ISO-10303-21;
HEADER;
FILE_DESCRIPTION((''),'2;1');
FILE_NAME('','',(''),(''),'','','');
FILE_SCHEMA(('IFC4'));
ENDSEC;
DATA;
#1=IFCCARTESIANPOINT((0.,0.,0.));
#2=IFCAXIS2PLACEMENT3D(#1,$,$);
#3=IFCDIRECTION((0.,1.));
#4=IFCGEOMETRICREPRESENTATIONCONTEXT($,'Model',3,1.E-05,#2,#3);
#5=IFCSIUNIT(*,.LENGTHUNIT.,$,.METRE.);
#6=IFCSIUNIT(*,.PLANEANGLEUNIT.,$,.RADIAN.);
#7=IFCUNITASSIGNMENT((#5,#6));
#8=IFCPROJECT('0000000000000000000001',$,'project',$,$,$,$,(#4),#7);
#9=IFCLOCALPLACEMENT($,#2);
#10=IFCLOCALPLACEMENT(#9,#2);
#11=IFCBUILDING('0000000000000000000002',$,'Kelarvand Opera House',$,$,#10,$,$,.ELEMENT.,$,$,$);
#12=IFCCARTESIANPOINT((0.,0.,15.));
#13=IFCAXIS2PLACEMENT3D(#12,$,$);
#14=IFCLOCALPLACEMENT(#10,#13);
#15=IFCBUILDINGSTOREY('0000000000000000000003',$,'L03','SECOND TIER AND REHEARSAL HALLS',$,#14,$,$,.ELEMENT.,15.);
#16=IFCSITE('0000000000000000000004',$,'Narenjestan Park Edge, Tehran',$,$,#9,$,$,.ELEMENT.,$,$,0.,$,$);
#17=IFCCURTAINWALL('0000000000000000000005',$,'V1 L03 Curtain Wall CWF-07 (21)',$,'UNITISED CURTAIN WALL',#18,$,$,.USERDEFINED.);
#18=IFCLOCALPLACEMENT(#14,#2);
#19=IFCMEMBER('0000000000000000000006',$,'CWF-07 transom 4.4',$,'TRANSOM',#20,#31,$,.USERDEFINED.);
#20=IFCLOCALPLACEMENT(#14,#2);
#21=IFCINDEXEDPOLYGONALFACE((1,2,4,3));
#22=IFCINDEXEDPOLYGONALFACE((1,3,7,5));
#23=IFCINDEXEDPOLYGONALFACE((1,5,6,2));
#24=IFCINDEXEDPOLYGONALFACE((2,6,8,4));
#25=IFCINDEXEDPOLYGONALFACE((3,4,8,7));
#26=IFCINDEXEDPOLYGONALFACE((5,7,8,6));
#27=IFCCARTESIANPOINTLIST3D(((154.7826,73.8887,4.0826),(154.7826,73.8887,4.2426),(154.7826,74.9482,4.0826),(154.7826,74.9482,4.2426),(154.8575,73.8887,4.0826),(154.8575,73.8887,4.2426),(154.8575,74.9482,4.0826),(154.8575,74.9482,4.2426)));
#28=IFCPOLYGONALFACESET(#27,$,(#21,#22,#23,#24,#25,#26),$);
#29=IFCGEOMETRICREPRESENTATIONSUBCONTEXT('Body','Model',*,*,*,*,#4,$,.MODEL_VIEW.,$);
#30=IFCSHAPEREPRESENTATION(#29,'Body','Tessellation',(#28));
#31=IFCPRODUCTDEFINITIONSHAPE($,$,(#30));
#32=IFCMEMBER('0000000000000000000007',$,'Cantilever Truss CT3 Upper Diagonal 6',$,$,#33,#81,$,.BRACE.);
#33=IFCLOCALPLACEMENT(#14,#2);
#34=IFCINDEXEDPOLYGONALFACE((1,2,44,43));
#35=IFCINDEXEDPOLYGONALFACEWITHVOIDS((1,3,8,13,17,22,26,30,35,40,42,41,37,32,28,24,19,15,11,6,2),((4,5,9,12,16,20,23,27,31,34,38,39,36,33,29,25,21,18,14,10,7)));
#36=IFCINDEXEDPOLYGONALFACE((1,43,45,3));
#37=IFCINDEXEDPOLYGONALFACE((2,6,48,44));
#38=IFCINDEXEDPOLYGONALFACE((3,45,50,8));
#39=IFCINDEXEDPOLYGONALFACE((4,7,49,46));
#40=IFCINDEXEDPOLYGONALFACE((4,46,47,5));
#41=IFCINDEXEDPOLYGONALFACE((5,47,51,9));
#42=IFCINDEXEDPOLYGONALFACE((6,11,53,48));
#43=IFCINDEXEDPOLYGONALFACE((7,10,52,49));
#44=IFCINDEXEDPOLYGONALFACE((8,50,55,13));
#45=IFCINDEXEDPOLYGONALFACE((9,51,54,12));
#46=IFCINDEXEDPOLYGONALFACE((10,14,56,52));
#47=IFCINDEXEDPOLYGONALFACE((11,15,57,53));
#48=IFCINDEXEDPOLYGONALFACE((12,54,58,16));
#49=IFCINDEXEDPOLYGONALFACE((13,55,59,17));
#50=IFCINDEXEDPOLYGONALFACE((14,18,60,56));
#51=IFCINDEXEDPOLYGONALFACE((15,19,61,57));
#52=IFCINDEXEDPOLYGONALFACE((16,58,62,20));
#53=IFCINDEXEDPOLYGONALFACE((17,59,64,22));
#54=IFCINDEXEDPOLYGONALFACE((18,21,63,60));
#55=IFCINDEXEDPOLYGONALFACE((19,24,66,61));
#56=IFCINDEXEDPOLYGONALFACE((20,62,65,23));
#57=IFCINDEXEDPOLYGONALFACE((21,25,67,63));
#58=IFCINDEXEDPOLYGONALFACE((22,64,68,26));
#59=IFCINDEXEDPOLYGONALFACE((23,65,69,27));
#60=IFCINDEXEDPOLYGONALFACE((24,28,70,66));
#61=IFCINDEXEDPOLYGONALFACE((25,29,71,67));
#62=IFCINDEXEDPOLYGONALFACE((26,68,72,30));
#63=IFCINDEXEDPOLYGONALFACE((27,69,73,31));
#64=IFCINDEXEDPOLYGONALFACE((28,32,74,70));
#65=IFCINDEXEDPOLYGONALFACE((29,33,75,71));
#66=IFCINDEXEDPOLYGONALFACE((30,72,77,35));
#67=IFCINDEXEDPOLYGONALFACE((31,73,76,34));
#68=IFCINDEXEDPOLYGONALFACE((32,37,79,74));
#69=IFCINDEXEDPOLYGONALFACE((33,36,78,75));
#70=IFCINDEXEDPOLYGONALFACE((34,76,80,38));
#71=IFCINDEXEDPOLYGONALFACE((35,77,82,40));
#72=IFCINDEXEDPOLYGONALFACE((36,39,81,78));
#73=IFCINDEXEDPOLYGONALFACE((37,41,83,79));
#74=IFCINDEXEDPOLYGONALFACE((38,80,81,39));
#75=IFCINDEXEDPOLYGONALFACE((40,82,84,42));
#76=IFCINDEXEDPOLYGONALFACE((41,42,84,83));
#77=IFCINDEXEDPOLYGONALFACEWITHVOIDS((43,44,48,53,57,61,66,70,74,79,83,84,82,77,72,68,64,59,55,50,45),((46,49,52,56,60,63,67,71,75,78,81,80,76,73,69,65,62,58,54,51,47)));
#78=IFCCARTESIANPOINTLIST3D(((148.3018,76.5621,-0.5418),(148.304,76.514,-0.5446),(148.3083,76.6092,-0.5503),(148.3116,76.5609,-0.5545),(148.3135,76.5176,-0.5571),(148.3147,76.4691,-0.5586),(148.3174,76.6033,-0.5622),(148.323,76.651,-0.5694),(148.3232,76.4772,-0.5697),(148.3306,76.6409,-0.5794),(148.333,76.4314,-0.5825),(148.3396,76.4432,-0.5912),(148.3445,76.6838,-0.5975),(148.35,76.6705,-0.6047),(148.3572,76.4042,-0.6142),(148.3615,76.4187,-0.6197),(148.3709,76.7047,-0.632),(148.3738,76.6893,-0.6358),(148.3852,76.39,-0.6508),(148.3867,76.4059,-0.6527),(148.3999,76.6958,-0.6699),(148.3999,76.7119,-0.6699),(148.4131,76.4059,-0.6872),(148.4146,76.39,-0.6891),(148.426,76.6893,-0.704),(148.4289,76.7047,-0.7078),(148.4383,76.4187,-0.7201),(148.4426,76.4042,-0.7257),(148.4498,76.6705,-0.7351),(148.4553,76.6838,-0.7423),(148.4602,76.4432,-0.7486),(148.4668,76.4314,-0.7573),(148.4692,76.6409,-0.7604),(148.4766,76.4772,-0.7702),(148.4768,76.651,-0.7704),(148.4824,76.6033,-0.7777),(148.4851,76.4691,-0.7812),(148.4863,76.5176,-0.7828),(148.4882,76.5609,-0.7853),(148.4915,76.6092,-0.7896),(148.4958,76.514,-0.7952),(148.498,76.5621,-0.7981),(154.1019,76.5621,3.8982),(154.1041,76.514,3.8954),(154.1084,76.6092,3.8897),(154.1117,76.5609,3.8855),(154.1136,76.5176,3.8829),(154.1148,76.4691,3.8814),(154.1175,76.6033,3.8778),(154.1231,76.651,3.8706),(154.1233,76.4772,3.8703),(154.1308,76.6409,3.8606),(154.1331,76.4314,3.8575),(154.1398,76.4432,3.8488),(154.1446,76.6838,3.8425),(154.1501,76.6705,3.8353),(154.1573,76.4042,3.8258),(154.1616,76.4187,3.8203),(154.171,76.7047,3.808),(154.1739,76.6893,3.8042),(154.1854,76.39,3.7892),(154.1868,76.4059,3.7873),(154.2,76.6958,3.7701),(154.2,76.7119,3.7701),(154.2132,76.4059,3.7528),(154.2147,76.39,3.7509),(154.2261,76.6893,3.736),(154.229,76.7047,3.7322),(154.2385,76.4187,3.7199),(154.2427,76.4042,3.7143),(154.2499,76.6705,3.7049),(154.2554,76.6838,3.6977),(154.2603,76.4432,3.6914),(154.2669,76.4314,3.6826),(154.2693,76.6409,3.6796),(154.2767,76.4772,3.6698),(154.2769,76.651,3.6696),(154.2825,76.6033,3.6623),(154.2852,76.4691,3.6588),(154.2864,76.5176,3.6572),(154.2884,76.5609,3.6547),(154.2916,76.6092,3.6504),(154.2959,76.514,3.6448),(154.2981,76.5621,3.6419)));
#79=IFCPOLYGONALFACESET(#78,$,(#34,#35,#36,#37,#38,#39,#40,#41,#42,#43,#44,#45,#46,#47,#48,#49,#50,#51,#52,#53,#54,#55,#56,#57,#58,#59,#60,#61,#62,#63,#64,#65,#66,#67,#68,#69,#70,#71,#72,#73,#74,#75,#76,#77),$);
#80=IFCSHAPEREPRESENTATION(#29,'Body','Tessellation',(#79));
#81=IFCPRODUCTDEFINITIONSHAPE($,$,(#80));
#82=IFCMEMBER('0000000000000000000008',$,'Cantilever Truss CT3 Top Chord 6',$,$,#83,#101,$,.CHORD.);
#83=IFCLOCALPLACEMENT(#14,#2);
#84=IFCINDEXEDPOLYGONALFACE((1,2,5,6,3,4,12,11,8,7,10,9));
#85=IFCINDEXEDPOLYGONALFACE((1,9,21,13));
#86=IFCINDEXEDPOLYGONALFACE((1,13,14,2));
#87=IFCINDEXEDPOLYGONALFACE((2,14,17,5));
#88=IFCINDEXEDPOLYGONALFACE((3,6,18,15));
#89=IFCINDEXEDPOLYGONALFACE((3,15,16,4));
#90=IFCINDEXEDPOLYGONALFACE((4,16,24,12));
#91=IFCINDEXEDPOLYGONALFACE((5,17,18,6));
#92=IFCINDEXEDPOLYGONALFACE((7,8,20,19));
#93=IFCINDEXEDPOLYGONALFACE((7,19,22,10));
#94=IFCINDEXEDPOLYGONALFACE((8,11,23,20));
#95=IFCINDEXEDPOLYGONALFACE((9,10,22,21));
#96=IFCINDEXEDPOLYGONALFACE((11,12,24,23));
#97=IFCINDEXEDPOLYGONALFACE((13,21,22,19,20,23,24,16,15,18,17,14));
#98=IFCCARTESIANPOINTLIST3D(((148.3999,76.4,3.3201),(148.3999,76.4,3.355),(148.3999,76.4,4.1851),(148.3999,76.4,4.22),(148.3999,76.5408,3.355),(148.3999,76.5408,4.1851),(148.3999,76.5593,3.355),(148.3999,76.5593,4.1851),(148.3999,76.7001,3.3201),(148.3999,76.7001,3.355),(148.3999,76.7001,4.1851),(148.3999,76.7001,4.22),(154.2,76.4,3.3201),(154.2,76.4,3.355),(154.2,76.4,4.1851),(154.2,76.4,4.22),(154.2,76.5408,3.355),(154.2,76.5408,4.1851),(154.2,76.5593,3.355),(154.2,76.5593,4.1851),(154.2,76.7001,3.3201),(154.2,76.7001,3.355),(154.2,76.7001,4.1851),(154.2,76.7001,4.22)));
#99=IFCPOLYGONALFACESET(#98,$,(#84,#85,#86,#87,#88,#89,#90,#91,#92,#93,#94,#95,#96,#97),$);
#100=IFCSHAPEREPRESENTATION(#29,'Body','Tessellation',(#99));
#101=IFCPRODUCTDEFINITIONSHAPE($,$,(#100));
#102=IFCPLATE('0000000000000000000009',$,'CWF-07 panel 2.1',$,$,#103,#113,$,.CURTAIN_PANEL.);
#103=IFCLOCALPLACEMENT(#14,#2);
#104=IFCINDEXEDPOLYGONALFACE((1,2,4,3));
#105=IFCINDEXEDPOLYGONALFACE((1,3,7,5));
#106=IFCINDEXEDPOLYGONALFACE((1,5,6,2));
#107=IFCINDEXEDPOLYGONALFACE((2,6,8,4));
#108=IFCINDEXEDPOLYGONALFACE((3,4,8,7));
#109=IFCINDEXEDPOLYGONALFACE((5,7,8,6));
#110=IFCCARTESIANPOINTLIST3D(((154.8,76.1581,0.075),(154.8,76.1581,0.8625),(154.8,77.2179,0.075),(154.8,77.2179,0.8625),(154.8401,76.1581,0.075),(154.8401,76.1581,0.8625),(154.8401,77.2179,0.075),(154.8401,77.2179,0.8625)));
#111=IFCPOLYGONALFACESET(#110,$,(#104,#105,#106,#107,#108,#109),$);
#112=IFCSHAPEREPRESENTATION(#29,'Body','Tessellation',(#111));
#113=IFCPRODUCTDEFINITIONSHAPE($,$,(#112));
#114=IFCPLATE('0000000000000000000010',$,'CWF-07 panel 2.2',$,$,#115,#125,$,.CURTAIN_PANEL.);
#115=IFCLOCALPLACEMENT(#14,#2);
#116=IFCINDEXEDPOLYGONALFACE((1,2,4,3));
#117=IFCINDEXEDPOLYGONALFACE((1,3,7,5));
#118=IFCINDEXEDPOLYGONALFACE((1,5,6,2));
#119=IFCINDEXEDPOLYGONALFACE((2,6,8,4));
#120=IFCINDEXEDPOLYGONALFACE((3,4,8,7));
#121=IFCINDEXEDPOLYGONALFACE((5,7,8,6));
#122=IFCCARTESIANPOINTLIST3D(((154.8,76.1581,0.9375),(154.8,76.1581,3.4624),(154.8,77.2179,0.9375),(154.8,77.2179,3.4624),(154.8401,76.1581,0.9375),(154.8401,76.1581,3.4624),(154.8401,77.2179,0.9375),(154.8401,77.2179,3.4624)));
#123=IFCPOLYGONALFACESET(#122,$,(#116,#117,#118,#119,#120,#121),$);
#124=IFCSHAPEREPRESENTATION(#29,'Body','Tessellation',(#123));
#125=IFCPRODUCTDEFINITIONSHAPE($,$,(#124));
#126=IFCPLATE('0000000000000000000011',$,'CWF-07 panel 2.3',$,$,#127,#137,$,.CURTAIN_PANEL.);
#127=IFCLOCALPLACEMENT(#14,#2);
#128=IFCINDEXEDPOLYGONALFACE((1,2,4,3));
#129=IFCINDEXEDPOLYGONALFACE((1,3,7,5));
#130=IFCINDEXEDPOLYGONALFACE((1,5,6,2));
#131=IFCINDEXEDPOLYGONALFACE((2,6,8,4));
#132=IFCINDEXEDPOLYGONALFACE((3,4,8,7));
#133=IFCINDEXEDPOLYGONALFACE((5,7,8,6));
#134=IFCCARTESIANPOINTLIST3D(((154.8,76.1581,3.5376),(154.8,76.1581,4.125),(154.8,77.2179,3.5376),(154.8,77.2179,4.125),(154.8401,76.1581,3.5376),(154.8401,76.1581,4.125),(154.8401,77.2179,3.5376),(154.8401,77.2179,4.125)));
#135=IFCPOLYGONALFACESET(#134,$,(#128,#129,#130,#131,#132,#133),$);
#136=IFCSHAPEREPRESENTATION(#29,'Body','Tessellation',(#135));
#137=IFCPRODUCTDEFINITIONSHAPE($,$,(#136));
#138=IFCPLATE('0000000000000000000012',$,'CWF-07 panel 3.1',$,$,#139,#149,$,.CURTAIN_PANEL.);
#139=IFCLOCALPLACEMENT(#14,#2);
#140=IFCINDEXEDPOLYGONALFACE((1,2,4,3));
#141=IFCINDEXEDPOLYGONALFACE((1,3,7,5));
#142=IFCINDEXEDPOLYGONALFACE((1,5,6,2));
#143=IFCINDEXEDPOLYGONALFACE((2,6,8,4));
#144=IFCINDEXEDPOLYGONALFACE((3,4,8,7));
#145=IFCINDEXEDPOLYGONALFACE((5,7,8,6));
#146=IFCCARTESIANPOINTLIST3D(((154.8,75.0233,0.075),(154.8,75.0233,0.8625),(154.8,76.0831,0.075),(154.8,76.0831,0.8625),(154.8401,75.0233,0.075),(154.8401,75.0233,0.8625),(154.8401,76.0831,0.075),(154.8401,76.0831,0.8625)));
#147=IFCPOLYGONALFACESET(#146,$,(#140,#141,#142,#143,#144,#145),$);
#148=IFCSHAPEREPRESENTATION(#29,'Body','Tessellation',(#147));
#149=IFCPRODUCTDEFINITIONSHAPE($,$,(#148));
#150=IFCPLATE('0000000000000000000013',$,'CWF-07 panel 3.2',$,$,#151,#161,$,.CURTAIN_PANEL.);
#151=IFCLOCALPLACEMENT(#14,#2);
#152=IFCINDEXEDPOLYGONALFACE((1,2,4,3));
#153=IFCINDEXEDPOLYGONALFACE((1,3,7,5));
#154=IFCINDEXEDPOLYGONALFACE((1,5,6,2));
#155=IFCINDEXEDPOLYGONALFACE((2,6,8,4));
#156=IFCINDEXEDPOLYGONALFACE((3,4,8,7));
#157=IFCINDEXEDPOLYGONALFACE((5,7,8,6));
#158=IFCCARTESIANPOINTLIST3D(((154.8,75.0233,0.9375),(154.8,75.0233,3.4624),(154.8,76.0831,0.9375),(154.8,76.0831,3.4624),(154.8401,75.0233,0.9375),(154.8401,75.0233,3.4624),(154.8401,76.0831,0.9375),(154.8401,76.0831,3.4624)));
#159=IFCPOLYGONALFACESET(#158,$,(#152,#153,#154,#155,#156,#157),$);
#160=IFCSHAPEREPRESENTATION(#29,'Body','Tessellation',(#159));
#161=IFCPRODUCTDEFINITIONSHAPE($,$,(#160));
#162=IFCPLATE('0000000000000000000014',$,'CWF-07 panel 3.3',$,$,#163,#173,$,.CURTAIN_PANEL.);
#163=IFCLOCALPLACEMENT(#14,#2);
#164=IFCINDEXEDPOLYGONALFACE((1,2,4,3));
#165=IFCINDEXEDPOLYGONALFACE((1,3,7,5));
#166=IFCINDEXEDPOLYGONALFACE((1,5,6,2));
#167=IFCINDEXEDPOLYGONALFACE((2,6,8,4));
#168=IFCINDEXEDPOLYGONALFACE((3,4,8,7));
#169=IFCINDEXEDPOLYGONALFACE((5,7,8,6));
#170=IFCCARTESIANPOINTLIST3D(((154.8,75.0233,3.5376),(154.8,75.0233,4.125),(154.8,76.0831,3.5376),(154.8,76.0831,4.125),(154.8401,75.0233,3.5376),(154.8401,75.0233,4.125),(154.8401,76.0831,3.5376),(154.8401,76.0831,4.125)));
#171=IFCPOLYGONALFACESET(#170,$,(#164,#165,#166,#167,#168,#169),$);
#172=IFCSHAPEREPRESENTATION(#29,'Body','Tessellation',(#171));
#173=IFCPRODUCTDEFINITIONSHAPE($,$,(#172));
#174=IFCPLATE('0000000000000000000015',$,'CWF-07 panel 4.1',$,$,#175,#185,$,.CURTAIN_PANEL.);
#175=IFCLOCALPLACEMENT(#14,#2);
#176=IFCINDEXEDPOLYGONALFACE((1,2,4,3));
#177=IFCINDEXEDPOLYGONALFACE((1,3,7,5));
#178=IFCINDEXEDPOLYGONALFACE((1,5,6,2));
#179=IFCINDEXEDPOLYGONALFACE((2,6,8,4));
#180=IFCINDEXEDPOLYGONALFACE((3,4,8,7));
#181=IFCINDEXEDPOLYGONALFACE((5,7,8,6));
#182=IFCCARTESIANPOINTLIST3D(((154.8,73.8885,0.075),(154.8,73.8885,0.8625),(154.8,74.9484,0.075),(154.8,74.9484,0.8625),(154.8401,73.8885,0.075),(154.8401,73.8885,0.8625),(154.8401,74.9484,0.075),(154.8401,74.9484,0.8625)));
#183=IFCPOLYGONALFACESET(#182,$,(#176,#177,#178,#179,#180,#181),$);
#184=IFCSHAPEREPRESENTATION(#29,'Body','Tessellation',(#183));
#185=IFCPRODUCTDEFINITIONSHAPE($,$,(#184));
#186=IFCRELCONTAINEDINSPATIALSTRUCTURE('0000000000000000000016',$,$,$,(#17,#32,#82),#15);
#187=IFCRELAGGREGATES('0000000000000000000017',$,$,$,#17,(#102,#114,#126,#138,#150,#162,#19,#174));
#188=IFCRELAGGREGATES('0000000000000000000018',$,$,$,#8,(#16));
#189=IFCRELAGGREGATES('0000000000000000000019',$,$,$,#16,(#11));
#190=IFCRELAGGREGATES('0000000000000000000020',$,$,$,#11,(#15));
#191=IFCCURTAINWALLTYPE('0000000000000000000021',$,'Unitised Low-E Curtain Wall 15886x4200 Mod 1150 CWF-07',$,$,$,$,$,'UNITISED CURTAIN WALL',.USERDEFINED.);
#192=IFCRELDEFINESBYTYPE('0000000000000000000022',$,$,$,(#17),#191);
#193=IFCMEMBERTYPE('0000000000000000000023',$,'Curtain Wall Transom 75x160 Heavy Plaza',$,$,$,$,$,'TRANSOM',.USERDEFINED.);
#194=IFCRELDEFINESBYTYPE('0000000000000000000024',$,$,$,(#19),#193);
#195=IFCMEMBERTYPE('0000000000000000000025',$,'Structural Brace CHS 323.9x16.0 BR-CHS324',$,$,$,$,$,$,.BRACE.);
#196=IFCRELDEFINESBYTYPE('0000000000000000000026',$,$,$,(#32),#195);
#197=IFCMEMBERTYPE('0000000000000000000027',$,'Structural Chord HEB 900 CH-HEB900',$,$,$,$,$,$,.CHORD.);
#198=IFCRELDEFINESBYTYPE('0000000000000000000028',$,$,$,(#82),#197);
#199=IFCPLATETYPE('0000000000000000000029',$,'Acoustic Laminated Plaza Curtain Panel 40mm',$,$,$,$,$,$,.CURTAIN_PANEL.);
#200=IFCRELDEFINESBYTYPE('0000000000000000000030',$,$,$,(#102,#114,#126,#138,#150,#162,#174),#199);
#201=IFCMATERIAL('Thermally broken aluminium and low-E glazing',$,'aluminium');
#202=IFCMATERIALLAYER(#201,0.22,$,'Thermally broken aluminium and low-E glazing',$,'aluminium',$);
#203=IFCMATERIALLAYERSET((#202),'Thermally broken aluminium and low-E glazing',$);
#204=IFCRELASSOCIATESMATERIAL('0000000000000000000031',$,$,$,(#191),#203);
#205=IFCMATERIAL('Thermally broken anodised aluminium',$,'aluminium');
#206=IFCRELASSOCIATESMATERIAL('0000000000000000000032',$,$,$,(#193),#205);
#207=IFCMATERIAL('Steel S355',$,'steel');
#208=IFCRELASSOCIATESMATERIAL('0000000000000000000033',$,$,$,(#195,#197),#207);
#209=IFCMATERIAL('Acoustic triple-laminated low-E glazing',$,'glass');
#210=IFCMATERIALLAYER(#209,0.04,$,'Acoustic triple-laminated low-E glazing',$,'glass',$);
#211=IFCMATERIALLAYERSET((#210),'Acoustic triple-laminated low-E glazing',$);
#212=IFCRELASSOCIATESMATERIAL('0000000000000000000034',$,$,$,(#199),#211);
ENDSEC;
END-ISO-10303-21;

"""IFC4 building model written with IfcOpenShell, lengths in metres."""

from ifc_helpers import new_model, si_unit, direction, frame, origin, origin_2d, place, context, subcontext, project, spatial, rectangle, hollow_circle, i_section, extrude, material, layer, layer_set, material_profile, profile_set, type_object, element, aggregate, save


model = new_model("IFC4")

# Units and contexts
model_context = context("Model", 3, precision=1e-05, world=origin(), true_north=direction((0.0, 1.0)))
body_context = subcontext(model_context, "Body", "Model", "MODEL_VIEW")
ifc_project = project(units=[si_unit("LENGTHUNIT", "METRE"), si_unit("PLANEANGLEUNIT", "RADIAN")], contexts=[model_context])

# Site, building, storey
site_placement = place(None, origin())
site = spatial("IfcSite", under=ifc_project, at=site_placement, Name="Narenjestan Park Edge, Tehran", CompositionType="ELEMENT", RefElevation=0.0)
building_placement = place(site_placement, origin())
building = spatial("IfcBuilding", under=site, at=building_placement, Name="Kelarvand Opera House", CompositionType="ELEMENT")
storey_placement = place(building_placement, frame((0.0, 0.0, 15.0)))
storey = spatial("IfcBuildingStorey", under=building, at=storey_placement, Name="L03", Description="SECOND TIER AND REHEARSAL HALLS", CompositionType="ELEMENT", Elevation=15.0)

# Curtain wall, member
ifc_material_1 = material(Name="Thermally broken aluminium and low-E glazing", Category="aluminium")
ifc_layer_1 = layer(ifc_material_1, 0.22, Name="Thermally broken aluminium and low-E glazing", Category="aluminium")
ifc_layer_set_1 = layer_set([ifc_layer_1], Name="Thermally broken aluminium and low-E glazing")
curtain_wall_type = type_object("IfcCurtainWallType", Name="Unitised Low-E Curtain Wall 15886x4200 Mod 1150 CWF-07", ElementType="UNITISED CURTAIN WALL", PredefinedType="USERDEFINED", material=ifc_layer_set_1)
curtain_wall_placement = place(storey_placement, origin())
curtain_wall = element("IfcCurtainWall", 1, at=curtain_wall_placement, inside=storey, type_object=curtain_wall_type, Name="V1 L03 Curtain Wall CWF-07 (21)", ObjectType="UNITISED CURTAIN WALL", PredefinedType="USERDEFINED")
ifc_material_2 = material(Name="Thermally broken anodised aluminium", Category="aluminium")
ifc_material_profile_1 = material_profile(ifc_material_2, rectangle(XDim=0.075, YDim=0.1599, at=origin_2d()), Name="ALU TRANSOM 75x160", Category="aluminium")
ifc_profile_set_1 = profile_set([ifc_material_profile_1], Name="Thermally broken anodised aluminium")
member_type_1 = type_object("IfcMemberType", Name="Curtain Wall Transom 75x160 Heavy Plaza", ElementType="TRANSOM", PredefinedType="USERDEFINED", material=ifc_profile_set_1)
member_1_placement = place(storey_placement, frame((154.8201, 74.9482, 4.1626), z_axis=(0.0, -1.0, 0.0), x_axis=(1.0, 0.0, 0.0)))
member_1 = element("IfcMember", 2, at=member_1_placement, type_object=member_type_1, Name="CWF-07 transom 4.4", ObjectType="TRANSOM", PredefinedType="USERDEFINED", context=body_context, shape_type="SweptSolid", body=[
    extrude(rectangle(XDim=0.075, YDim=0.1599, at=origin_2d()), origin(), (0.0, 0.0, 1.0), 1.0596),
])

# Members
ifc_material_3 = material(Name="Steel S355", Category="steel")
ifc_material_profile_2 = material_profile(ifc_material_3, hollow_circle(Radius=0.1619, WallThickness=0.0161, at=origin_2d()), Name="CHS 323.9x16.0", Category="steel")
ifc_profile_set_2 = profile_set([ifc_material_profile_2], Name="Steel S355")
member_type_2 = type_object("IfcMemberType", Name="Structural Brace CHS 323.9x16.0 BR-CHS324", PredefinedType="BRACE", material=ifc_profile_set_2)
member_2_placement = place(storey_placement, frame((148.3999, 76.55, -0.6699), z_axis=(0.794053, 0.0, 0.607848), x_axis=(0.0, 1.0, 0.0)))
element("IfcMember", 3, at=member_2_placement, inside=storey, type_object=member_type_2, Name="Cantilever Truss CT3 Upper Diagonal 6", PredefinedType="BRACE", context=body_context, shape_type="SweptSolid", body=[
    extrude(hollow_circle(Radius=0.1619, WallThickness=0.0161, at=origin_2d()), origin(), (0.0, 0.0, 1.0), 7.3044),
])
ifc_material_profile_3 = material_profile(ifc_material_3, i_section(OverallWidth=0.3, OverallDepth=0.8999, WebThickness=0.0186, FlangeThickness=0.0349, at=origin_2d()), Name="HEB 900", Category="steel")
ifc_profile_set_3 = profile_set([ifc_material_profile_3], Name="Steel S355")
member_type_3 = type_object("IfcMemberType", Name="Structural Chord HEB 900 CH-HEB900", PredefinedType="CHORD", material=ifc_profile_set_3)
member_3_placement = place(storey_placement, frame((148.3999, 76.55, 3.77), z_axis=(1.0, 0.0, 0.0), x_axis=(0.0, 1.0, 0.0)))
element("IfcMember", 4, at=member_3_placement, inside=storey, type_object=member_type_3, Name="Cantilever Truss CT3 Top Chord 6", PredefinedType="CHORD", context=body_context, shape_type="SweptSolid", body=[
    extrude(i_section(OverallWidth=0.3, OverallDepth=0.8999, WebThickness=0.0186, FlangeThickness=0.0349, at=origin_2d()), origin(), (0.0, 0.0, 1.0), 5.8),
])

# Plates
ifc_material_4 = material(Name="Acoustic triple-laminated low-E glazing", Category="glass")
ifc_layer_2 = layer(ifc_material_4, 0.04, Name="Acoustic triple-laminated low-E glazing", Category="glass")
ifc_layer_set_2 = layer_set([ifc_layer_2], Name="Acoustic triple-laminated low-E glazing")
plate_type = type_object("IfcPlateType", Name="Acoustic Laminated Plaza Curtain Panel 40mm", PredefinedType="CURTAIN_PANEL", material=ifc_layer_set_2)
plate_1_placement = place(storey_placement, frame((154.8201, 76.688, 0.075), z_axis=(0.0, 0.0, 1.0), x_axis=(0.0, -1.0, 0.0)))
plate_1 = element("IfcPlate", 5, at=plate_1_placement, type_object=plate_type, Name="CWF-07 panel 2.1", PredefinedType="CURTAIN_PANEL", context=body_context, shape_type="SweptSolid", body=[
    extrude(rectangle(XDim=1.0598, YDim=0.04, at=origin_2d()), origin(), (0.0, 0.0, 1.0), 0.7876),
])
plate_2_placement = place(storey_placement, frame((154.8201, 76.688, 0.9375), z_axis=(0.0, 0.0, 1.0), x_axis=(0.0, -1.0, 0.0)))
plate_2 = element("IfcPlate", 6, at=plate_2_placement, type_object=plate_type, Name="CWF-07 panel 2.2", PredefinedType="CURTAIN_PANEL", context=body_context, shape_type="SweptSolid", body=[
    extrude(rectangle(XDim=1.0598, YDim=0.04, at=origin_2d()), origin(), (0.0, 0.0, 1.0), 2.5249),
])
plate_3_placement = place(storey_placement, frame((154.8201, 76.688, 3.5376), z_axis=(0.0, 0.0, 1.0), x_axis=(0.0, -1.0, 0.0)))
plate_3 = element("IfcPlate", 7, at=plate_3_placement, type_object=plate_type, Name="CWF-07 panel 2.3", PredefinedType="CURTAIN_PANEL", context=body_context, shape_type="SweptSolid", body=[
    extrude(rectangle(XDim=1.0598, YDim=0.04, at=origin_2d()), origin(), (0.0, 0.0, 1.0), 0.5874),
])
plate_4_placement = place(storey_placement, frame((154.8201, 75.5532, 0.075), z_axis=(0.0, 0.0, 1.0), x_axis=(0.0, -1.0, 0.0)))
plate_4 = element("IfcPlate", 8, at=plate_4_placement, type_object=plate_type, Name="CWF-07 panel 3.1", PredefinedType="CURTAIN_PANEL", context=body_context, shape_type="SweptSolid", body=[
    extrude(rectangle(XDim=1.0598, YDim=0.04, at=origin_2d()), origin(), (0.0, 0.0, 1.0), 0.7876),
])
plate_5_placement = place(storey_placement, frame((154.8201, 75.5532, 0.9375), z_axis=(0.0, 0.0, 1.0), x_axis=(0.0, -1.0, 0.0)))
plate_5 = element("IfcPlate", 9, at=plate_5_placement, type_object=plate_type, Name="CWF-07 panel 3.2", PredefinedType="CURTAIN_PANEL", context=body_context, shape_type="SweptSolid", body=[
    extrude(rectangle(XDim=1.0598, YDim=0.04, at=origin_2d()), origin(), (0.0, 0.0, 1.0), 2.5249),
])
plate_6_placement = place(storey_placement, frame((154.8201, 75.5532, 3.5376), z_axis=(0.0, 0.0, 1.0), x_axis=(0.0, -1.0, 0.0)))
plate_6 = element("IfcPlate", 10, at=plate_6_placement, type_object=plate_type, Name="CWF-07 panel 3.3", PredefinedType="CURTAIN_PANEL", context=body_context, shape_type="SweptSolid", body=[
    extrude(rectangle(XDim=1.0598, YDim=0.04, at=origin_2d()), origin(), (0.0, 0.0, 1.0), 0.5874),
])
plate_7_placement = place(storey_placement, frame((154.8201, 74.4185, 0.075), z_axis=(0.0, 0.0, 1.0), x_axis=(0.0, -1.0, 0.0)))
plate_7 = element("IfcPlate", 11, at=plate_7_placement, type_object=plate_type, Name="CWF-07 panel 4.1", PredefinedType="CURTAIN_PANEL", context=body_context, shape_type="SweptSolid", body=[
    extrude(rectangle(XDim=1.0598, YDim=0.04, at=origin_2d()), origin(), (0.0, 0.0, 1.0), 0.7876),
])
aggregate(curtain_wall, [plate_1, plate_2, plate_3, plate_4, plate_5, plate_6, member_1, plate_7])

save(model, "model.ifc")
